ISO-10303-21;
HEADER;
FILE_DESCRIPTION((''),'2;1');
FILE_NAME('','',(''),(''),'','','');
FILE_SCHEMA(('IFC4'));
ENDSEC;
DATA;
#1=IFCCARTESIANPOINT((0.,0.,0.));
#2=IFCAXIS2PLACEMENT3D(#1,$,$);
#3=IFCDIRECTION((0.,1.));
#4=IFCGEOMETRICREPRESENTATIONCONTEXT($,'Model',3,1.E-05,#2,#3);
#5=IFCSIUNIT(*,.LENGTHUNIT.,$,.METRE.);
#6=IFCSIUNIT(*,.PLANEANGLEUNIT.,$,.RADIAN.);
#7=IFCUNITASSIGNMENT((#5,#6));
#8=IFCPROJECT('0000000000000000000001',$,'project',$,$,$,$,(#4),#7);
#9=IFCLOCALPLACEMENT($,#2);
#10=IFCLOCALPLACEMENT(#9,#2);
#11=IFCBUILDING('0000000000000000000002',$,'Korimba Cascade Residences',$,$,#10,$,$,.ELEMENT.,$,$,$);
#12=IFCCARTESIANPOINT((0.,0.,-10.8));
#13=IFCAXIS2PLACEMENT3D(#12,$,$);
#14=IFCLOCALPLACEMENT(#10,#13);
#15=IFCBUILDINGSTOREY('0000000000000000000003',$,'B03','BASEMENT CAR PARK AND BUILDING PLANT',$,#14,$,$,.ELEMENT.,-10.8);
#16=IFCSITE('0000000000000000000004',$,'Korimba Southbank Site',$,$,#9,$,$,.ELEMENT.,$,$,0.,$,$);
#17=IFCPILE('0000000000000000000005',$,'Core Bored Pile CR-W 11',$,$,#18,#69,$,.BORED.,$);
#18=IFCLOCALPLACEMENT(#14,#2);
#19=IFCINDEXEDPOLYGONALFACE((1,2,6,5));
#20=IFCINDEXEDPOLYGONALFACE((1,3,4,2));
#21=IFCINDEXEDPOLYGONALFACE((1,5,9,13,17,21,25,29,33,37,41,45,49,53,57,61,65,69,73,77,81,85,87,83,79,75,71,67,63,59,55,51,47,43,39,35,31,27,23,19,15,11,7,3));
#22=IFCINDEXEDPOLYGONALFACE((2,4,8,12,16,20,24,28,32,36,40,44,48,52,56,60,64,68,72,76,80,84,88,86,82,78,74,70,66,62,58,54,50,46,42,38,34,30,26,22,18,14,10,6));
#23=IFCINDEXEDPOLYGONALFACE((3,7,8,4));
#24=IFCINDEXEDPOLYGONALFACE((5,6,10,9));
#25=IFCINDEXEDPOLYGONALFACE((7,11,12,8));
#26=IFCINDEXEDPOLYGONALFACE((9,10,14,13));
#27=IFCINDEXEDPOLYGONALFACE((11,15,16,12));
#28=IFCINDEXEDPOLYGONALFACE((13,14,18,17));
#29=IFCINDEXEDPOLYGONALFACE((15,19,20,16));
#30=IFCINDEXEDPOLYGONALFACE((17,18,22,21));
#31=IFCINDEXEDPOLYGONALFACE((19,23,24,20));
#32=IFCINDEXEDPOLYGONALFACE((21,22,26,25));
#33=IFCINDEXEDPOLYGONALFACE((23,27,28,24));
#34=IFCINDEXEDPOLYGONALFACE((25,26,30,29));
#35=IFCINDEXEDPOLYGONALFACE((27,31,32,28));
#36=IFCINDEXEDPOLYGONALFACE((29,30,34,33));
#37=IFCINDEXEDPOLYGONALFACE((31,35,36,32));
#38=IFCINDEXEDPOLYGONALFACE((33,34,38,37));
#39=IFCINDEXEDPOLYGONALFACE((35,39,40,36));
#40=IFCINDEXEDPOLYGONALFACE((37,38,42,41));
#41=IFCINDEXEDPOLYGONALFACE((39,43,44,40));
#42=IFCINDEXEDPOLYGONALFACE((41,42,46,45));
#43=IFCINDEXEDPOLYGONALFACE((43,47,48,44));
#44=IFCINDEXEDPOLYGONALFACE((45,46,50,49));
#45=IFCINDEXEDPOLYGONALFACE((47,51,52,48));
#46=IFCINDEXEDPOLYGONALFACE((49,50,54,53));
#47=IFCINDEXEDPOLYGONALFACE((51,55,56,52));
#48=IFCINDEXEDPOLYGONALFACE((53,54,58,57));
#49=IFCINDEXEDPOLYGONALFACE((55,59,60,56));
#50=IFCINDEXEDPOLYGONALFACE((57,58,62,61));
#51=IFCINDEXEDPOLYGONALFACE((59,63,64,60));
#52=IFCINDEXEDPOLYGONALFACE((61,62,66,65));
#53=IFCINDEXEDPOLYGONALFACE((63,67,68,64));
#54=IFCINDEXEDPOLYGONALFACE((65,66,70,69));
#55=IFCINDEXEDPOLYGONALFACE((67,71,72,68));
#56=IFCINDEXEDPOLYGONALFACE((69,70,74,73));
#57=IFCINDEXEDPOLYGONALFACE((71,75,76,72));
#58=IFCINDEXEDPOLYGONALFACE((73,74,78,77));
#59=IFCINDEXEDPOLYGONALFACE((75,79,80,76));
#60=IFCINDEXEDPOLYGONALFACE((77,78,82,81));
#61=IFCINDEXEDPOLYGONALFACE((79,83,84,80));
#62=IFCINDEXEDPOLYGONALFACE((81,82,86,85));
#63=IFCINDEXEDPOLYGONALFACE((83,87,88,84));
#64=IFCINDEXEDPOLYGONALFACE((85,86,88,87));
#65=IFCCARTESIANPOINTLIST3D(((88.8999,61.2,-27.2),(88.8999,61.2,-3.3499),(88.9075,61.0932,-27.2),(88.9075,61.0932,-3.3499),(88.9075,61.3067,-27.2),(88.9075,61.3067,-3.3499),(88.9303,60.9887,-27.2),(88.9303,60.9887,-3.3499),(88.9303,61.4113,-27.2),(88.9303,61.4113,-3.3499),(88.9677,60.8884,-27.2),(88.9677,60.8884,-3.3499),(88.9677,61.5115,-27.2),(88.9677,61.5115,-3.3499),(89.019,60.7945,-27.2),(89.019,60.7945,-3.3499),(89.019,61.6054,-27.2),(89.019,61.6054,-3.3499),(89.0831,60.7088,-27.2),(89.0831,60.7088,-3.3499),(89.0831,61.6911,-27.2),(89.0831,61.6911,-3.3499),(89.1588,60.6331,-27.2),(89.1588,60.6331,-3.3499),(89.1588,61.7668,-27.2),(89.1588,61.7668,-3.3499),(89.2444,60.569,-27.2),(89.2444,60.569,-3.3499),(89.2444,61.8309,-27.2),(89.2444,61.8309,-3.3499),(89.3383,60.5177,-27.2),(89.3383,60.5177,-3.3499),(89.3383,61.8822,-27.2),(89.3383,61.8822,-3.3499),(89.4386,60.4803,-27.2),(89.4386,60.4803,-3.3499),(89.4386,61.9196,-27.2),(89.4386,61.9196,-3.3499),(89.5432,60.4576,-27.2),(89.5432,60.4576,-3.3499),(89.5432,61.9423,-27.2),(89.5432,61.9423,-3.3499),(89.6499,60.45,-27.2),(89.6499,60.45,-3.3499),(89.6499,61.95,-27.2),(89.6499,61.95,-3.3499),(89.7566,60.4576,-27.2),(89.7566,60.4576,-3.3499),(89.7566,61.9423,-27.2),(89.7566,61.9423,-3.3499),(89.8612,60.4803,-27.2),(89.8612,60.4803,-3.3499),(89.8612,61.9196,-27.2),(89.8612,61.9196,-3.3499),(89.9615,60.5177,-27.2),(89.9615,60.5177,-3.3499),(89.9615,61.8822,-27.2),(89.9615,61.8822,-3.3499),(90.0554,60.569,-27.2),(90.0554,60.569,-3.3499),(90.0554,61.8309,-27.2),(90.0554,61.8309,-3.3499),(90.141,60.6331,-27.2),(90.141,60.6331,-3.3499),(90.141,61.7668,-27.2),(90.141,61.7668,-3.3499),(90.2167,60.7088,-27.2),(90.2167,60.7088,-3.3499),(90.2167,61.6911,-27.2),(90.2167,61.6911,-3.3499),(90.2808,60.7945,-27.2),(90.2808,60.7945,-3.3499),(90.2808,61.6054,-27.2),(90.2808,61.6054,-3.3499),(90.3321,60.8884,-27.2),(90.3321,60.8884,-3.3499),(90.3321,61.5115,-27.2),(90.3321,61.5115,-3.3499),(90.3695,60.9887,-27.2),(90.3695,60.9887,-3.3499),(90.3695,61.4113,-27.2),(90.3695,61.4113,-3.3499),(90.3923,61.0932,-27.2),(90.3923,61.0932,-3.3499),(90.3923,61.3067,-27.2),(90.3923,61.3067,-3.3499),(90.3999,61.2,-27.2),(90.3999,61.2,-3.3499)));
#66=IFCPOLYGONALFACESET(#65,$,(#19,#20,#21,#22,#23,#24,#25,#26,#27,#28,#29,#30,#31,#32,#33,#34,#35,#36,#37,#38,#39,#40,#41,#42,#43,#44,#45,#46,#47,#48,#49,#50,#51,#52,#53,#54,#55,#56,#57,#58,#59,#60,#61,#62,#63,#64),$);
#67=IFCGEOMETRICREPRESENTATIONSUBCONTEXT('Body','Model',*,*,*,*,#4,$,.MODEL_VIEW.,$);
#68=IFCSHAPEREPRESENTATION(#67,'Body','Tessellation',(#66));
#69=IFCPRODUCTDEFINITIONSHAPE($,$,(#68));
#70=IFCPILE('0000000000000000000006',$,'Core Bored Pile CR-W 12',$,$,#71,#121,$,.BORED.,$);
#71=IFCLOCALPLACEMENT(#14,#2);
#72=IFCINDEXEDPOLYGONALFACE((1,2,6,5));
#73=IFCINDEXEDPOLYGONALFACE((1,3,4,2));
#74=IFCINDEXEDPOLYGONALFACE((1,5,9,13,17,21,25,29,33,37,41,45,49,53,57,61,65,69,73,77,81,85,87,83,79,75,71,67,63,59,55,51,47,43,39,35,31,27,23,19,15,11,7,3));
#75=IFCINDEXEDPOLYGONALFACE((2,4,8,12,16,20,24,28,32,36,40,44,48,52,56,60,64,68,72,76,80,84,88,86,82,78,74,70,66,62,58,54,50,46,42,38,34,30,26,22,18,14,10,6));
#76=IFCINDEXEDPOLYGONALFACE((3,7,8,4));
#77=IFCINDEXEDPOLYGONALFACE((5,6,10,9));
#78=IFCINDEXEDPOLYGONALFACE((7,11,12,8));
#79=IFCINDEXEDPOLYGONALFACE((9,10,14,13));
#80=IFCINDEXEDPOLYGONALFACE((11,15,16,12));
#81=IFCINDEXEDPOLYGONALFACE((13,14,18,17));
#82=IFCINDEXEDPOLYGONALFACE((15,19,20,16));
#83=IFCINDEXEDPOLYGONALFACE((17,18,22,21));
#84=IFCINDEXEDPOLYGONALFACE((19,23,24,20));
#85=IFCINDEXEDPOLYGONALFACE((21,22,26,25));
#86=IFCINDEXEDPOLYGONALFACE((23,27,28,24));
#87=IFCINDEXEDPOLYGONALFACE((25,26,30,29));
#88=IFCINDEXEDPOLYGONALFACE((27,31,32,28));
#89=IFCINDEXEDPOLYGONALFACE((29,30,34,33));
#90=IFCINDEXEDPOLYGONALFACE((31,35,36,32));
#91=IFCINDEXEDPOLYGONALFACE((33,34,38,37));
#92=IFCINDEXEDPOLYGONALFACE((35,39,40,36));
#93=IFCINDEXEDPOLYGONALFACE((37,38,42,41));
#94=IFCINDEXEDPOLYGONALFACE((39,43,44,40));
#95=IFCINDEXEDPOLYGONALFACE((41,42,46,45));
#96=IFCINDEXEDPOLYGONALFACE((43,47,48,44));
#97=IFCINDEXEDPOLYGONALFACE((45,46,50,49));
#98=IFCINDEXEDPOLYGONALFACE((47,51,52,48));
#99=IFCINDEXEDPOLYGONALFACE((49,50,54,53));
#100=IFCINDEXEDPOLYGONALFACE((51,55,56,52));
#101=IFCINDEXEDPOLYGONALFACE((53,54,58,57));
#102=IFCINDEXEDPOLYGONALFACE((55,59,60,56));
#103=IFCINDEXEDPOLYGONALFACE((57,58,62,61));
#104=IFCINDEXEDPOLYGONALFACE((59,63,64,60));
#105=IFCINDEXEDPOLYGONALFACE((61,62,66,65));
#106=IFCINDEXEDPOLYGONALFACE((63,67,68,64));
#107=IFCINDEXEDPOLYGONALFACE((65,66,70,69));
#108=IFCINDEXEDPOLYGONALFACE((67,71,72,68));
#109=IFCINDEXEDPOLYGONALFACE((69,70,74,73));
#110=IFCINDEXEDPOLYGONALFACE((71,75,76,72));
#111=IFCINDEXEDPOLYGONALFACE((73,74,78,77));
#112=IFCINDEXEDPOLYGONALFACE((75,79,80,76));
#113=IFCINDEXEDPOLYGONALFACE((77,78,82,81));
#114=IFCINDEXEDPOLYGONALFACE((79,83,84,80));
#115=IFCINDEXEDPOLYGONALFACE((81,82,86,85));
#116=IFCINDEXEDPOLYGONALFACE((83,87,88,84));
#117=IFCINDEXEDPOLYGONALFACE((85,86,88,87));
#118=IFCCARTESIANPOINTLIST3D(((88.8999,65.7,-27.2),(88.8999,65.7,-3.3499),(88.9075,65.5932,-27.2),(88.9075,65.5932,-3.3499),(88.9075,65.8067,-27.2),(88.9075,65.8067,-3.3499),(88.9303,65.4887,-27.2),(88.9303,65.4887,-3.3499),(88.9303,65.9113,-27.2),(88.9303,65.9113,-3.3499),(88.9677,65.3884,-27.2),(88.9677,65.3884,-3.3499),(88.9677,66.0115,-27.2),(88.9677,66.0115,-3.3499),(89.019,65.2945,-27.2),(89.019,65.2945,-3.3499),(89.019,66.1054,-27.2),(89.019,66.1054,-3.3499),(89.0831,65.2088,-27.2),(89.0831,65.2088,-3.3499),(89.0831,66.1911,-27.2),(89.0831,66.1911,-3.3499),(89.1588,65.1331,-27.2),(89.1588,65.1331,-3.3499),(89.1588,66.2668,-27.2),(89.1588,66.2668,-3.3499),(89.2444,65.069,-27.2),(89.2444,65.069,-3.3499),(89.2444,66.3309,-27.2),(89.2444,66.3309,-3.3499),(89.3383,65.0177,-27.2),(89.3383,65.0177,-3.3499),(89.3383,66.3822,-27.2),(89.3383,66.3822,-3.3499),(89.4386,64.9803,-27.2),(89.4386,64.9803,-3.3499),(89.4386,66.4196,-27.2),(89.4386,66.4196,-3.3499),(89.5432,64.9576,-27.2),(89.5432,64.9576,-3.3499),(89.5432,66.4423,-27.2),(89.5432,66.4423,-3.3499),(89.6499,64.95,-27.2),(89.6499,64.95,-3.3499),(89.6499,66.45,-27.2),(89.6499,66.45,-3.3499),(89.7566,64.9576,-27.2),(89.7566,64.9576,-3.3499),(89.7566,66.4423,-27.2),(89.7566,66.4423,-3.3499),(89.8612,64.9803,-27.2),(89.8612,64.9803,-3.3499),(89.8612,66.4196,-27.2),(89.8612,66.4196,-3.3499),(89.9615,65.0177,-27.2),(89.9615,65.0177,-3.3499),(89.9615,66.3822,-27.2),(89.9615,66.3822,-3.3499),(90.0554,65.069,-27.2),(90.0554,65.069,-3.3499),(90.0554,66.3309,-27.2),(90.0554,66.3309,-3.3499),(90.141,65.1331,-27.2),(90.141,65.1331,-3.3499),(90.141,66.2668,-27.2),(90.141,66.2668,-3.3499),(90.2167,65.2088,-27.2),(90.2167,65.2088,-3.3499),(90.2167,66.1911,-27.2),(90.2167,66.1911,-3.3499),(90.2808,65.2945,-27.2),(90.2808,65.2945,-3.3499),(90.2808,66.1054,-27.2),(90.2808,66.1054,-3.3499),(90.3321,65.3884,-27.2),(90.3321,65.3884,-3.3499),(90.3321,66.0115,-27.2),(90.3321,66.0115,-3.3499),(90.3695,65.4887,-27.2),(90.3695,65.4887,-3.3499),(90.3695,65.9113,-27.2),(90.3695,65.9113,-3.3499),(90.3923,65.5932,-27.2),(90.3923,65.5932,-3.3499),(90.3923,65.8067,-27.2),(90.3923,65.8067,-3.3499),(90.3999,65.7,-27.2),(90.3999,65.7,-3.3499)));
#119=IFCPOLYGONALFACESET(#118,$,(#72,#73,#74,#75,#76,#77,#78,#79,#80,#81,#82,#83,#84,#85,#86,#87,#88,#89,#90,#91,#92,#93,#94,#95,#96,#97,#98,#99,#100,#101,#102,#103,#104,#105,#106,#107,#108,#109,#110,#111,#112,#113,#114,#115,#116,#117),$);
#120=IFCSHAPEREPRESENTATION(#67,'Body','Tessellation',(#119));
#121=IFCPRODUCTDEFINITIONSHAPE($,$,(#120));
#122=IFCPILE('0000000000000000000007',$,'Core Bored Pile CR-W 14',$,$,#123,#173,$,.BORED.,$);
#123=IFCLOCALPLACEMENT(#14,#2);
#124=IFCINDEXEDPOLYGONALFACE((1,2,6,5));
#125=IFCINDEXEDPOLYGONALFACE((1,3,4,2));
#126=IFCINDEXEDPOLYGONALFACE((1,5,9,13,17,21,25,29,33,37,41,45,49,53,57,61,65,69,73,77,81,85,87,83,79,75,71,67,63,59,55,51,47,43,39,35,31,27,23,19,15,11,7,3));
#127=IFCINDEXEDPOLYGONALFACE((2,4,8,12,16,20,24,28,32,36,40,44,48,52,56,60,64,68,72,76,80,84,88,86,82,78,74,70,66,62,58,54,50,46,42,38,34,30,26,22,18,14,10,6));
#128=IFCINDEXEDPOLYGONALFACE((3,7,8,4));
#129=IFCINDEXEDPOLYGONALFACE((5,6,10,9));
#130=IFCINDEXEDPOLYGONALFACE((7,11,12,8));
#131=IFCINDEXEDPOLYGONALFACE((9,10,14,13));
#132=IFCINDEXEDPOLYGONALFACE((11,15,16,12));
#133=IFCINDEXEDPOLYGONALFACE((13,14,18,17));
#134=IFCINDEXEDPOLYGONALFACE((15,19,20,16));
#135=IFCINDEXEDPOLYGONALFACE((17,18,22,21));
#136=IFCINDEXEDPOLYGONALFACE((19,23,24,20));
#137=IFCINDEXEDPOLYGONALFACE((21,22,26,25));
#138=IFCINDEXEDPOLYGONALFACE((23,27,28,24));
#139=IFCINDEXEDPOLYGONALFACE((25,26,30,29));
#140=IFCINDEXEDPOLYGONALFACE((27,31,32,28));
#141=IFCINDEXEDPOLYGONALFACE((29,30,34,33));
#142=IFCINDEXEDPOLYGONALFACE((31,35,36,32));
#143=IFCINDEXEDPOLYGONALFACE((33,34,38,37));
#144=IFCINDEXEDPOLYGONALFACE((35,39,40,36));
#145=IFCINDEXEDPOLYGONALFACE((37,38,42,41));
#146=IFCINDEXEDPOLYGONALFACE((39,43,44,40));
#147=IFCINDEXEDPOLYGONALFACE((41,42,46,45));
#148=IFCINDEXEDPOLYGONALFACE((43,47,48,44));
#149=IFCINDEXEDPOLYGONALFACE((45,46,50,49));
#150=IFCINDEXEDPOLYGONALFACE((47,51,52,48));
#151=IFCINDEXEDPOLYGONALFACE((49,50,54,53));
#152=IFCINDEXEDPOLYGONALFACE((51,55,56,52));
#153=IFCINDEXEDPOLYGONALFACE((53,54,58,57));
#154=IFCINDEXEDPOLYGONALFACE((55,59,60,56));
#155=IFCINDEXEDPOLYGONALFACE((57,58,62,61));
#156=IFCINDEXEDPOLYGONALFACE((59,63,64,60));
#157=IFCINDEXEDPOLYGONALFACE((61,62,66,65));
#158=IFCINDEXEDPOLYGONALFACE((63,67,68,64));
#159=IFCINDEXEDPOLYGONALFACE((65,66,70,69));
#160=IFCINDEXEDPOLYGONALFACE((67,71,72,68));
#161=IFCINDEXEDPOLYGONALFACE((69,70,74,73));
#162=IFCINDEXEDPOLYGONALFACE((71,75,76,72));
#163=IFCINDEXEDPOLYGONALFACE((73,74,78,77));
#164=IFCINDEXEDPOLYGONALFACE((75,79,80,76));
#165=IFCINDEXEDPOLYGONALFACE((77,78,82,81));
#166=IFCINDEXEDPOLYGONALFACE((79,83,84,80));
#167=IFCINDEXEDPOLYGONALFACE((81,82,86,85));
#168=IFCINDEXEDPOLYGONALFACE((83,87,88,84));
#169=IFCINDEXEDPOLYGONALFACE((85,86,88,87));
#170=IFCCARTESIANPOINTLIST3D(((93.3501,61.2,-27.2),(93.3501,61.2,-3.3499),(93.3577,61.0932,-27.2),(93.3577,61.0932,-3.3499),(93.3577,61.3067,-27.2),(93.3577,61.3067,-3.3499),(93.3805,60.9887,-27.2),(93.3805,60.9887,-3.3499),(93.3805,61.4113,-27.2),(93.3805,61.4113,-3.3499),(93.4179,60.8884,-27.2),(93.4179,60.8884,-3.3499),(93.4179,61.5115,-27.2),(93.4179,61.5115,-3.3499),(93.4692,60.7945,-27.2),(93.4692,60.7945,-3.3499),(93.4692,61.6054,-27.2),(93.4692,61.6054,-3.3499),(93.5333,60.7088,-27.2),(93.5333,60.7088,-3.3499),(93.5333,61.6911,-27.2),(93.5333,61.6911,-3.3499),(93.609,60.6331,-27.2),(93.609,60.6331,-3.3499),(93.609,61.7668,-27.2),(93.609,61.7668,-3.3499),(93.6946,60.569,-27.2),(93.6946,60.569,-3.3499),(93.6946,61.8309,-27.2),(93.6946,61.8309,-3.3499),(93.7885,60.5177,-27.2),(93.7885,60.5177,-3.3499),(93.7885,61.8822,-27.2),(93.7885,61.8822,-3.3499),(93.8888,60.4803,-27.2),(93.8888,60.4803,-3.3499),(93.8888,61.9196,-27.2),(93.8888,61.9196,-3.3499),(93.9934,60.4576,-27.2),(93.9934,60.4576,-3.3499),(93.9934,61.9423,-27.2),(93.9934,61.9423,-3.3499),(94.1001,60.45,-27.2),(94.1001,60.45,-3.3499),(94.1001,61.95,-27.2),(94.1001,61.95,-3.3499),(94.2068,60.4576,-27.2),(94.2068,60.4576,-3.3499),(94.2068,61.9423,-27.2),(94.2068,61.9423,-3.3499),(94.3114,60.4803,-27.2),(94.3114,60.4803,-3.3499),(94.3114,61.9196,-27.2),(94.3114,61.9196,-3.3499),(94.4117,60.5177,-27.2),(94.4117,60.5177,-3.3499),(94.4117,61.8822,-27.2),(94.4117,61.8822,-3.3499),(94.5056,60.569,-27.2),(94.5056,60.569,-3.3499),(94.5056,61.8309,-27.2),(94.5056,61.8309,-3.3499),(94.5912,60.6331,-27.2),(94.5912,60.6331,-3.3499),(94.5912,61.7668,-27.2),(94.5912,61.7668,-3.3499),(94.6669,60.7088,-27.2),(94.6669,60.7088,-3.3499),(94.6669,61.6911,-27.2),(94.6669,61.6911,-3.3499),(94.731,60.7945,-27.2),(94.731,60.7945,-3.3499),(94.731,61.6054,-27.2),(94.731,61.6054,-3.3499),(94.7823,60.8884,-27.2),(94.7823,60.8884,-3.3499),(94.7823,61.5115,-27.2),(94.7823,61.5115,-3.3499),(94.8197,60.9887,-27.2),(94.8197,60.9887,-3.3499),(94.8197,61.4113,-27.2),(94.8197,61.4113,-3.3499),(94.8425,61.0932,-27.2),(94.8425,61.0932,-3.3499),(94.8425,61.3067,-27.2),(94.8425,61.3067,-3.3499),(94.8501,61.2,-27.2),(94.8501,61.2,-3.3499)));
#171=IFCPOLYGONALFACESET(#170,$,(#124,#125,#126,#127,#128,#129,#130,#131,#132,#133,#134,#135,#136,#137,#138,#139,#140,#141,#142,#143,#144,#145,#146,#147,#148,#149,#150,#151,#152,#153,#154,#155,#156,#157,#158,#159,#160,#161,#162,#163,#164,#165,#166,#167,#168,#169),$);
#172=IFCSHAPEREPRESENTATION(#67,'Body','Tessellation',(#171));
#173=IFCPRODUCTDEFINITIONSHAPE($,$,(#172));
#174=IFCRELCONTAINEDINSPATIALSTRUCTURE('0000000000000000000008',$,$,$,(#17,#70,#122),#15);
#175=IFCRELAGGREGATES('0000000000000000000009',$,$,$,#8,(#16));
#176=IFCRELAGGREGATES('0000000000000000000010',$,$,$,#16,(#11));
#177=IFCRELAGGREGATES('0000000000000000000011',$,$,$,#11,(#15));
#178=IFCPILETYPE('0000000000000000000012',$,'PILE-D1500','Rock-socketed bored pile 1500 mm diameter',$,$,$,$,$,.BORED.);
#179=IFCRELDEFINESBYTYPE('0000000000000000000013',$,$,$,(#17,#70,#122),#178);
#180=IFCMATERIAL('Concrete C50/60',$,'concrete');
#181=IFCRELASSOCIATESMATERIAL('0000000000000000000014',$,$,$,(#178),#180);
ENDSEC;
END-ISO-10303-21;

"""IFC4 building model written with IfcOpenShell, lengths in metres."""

from ifc_helpers import new_model, si_unit, direction, frame, origin, origin_2d, place, context, subcontext, project, spatial, circle, extrude, material, material_profile, profile_set, type_object, element, save


model = new_model("IFC4")

# Units and contexts
model_context = context("Model", 3, precision=1e-05, world=origin(), true_north=direction((0.0, 1.0)))
body_context = subcontext(model_context, "Body", "Model", "MODEL_VIEW")
ifc_project = project(units=[si_unit("LENGTHUNIT", "METRE"), si_unit("PLANEANGLEUNIT", "RADIAN")], contexts=[model_context])

# Site, building, storey
site_placement = place(None, origin())
site = spatial("IfcSite", under=ifc_project, at=site_placement, Name="Korimba Southbank Site", CompositionType="ELEMENT", RefElevation=0.0)
building_placement = place(site_placement, origin())
building = spatial("IfcBuilding", under=site, at=building_placement, Name="Korimba Cascade Residences", CompositionType="ELEMENT")
storey_placement = place(building_placement, frame((0.0, 0.0, -10.8)))
storey = spatial("IfcBuildingStorey", under=building, at=storey_placement, Name="B03", Description="BASEMENT CAR PARK AND BUILDING PLANT", CompositionType="ELEMENT", Elevation=-10.8)

# Piles
ifc_material_1 = material(Name="Concrete C50/60", Category="concrete")
ifc_material_profile_1 = material_profile(ifc_material_1, circle(Radius=0.75, at=origin_2d()), Name="Concrete C50/60")
ifc_profile_set_1 = profile_set([ifc_material_profile_1], Name="Concrete C50/60")
pile_type = type_object("IfcPileType", Name="PILE-D1500", Description="Rock-socketed bored pile 1500 mm diameter", PredefinedType="BORED", material=ifc_profile_set_1)
for number, where, z_axis, x_axis, name in (
    (1, (89.6499, 61.2, -3.3499), (0.0, 0.0, -1.0), (1.0, 0.0, 0.0), "Core Bored Pile CR-W 11"),
    (2, (89.6499, 65.7, -3.3499), (0.0, 0.0, -1.0), (1.0, 0.0, 0.0), "Core Bored Pile CR-W 12"),
    (3, (94.1001, 61.2, -3.3499), (0.0, 0.0, -1.0), (1.0, 0.0, 0.0), "Core Bored Pile CR-W 14"),
):
    element("IfcPile", number, at=place(storey_placement, frame(where, z_axis=z_axis, x_axis=x_axis)), inside=storey, type_object=pile_type, Name=name, PredefinedType="BORED", context=body_context, shape_type="SweptSolid", body=[
        extrude(circle(Radius=0.75, at=origin_2d()), origin(), (0.0, 0.0, 1.0), 23.8501),
    ])

save(model, "model.ifc")
